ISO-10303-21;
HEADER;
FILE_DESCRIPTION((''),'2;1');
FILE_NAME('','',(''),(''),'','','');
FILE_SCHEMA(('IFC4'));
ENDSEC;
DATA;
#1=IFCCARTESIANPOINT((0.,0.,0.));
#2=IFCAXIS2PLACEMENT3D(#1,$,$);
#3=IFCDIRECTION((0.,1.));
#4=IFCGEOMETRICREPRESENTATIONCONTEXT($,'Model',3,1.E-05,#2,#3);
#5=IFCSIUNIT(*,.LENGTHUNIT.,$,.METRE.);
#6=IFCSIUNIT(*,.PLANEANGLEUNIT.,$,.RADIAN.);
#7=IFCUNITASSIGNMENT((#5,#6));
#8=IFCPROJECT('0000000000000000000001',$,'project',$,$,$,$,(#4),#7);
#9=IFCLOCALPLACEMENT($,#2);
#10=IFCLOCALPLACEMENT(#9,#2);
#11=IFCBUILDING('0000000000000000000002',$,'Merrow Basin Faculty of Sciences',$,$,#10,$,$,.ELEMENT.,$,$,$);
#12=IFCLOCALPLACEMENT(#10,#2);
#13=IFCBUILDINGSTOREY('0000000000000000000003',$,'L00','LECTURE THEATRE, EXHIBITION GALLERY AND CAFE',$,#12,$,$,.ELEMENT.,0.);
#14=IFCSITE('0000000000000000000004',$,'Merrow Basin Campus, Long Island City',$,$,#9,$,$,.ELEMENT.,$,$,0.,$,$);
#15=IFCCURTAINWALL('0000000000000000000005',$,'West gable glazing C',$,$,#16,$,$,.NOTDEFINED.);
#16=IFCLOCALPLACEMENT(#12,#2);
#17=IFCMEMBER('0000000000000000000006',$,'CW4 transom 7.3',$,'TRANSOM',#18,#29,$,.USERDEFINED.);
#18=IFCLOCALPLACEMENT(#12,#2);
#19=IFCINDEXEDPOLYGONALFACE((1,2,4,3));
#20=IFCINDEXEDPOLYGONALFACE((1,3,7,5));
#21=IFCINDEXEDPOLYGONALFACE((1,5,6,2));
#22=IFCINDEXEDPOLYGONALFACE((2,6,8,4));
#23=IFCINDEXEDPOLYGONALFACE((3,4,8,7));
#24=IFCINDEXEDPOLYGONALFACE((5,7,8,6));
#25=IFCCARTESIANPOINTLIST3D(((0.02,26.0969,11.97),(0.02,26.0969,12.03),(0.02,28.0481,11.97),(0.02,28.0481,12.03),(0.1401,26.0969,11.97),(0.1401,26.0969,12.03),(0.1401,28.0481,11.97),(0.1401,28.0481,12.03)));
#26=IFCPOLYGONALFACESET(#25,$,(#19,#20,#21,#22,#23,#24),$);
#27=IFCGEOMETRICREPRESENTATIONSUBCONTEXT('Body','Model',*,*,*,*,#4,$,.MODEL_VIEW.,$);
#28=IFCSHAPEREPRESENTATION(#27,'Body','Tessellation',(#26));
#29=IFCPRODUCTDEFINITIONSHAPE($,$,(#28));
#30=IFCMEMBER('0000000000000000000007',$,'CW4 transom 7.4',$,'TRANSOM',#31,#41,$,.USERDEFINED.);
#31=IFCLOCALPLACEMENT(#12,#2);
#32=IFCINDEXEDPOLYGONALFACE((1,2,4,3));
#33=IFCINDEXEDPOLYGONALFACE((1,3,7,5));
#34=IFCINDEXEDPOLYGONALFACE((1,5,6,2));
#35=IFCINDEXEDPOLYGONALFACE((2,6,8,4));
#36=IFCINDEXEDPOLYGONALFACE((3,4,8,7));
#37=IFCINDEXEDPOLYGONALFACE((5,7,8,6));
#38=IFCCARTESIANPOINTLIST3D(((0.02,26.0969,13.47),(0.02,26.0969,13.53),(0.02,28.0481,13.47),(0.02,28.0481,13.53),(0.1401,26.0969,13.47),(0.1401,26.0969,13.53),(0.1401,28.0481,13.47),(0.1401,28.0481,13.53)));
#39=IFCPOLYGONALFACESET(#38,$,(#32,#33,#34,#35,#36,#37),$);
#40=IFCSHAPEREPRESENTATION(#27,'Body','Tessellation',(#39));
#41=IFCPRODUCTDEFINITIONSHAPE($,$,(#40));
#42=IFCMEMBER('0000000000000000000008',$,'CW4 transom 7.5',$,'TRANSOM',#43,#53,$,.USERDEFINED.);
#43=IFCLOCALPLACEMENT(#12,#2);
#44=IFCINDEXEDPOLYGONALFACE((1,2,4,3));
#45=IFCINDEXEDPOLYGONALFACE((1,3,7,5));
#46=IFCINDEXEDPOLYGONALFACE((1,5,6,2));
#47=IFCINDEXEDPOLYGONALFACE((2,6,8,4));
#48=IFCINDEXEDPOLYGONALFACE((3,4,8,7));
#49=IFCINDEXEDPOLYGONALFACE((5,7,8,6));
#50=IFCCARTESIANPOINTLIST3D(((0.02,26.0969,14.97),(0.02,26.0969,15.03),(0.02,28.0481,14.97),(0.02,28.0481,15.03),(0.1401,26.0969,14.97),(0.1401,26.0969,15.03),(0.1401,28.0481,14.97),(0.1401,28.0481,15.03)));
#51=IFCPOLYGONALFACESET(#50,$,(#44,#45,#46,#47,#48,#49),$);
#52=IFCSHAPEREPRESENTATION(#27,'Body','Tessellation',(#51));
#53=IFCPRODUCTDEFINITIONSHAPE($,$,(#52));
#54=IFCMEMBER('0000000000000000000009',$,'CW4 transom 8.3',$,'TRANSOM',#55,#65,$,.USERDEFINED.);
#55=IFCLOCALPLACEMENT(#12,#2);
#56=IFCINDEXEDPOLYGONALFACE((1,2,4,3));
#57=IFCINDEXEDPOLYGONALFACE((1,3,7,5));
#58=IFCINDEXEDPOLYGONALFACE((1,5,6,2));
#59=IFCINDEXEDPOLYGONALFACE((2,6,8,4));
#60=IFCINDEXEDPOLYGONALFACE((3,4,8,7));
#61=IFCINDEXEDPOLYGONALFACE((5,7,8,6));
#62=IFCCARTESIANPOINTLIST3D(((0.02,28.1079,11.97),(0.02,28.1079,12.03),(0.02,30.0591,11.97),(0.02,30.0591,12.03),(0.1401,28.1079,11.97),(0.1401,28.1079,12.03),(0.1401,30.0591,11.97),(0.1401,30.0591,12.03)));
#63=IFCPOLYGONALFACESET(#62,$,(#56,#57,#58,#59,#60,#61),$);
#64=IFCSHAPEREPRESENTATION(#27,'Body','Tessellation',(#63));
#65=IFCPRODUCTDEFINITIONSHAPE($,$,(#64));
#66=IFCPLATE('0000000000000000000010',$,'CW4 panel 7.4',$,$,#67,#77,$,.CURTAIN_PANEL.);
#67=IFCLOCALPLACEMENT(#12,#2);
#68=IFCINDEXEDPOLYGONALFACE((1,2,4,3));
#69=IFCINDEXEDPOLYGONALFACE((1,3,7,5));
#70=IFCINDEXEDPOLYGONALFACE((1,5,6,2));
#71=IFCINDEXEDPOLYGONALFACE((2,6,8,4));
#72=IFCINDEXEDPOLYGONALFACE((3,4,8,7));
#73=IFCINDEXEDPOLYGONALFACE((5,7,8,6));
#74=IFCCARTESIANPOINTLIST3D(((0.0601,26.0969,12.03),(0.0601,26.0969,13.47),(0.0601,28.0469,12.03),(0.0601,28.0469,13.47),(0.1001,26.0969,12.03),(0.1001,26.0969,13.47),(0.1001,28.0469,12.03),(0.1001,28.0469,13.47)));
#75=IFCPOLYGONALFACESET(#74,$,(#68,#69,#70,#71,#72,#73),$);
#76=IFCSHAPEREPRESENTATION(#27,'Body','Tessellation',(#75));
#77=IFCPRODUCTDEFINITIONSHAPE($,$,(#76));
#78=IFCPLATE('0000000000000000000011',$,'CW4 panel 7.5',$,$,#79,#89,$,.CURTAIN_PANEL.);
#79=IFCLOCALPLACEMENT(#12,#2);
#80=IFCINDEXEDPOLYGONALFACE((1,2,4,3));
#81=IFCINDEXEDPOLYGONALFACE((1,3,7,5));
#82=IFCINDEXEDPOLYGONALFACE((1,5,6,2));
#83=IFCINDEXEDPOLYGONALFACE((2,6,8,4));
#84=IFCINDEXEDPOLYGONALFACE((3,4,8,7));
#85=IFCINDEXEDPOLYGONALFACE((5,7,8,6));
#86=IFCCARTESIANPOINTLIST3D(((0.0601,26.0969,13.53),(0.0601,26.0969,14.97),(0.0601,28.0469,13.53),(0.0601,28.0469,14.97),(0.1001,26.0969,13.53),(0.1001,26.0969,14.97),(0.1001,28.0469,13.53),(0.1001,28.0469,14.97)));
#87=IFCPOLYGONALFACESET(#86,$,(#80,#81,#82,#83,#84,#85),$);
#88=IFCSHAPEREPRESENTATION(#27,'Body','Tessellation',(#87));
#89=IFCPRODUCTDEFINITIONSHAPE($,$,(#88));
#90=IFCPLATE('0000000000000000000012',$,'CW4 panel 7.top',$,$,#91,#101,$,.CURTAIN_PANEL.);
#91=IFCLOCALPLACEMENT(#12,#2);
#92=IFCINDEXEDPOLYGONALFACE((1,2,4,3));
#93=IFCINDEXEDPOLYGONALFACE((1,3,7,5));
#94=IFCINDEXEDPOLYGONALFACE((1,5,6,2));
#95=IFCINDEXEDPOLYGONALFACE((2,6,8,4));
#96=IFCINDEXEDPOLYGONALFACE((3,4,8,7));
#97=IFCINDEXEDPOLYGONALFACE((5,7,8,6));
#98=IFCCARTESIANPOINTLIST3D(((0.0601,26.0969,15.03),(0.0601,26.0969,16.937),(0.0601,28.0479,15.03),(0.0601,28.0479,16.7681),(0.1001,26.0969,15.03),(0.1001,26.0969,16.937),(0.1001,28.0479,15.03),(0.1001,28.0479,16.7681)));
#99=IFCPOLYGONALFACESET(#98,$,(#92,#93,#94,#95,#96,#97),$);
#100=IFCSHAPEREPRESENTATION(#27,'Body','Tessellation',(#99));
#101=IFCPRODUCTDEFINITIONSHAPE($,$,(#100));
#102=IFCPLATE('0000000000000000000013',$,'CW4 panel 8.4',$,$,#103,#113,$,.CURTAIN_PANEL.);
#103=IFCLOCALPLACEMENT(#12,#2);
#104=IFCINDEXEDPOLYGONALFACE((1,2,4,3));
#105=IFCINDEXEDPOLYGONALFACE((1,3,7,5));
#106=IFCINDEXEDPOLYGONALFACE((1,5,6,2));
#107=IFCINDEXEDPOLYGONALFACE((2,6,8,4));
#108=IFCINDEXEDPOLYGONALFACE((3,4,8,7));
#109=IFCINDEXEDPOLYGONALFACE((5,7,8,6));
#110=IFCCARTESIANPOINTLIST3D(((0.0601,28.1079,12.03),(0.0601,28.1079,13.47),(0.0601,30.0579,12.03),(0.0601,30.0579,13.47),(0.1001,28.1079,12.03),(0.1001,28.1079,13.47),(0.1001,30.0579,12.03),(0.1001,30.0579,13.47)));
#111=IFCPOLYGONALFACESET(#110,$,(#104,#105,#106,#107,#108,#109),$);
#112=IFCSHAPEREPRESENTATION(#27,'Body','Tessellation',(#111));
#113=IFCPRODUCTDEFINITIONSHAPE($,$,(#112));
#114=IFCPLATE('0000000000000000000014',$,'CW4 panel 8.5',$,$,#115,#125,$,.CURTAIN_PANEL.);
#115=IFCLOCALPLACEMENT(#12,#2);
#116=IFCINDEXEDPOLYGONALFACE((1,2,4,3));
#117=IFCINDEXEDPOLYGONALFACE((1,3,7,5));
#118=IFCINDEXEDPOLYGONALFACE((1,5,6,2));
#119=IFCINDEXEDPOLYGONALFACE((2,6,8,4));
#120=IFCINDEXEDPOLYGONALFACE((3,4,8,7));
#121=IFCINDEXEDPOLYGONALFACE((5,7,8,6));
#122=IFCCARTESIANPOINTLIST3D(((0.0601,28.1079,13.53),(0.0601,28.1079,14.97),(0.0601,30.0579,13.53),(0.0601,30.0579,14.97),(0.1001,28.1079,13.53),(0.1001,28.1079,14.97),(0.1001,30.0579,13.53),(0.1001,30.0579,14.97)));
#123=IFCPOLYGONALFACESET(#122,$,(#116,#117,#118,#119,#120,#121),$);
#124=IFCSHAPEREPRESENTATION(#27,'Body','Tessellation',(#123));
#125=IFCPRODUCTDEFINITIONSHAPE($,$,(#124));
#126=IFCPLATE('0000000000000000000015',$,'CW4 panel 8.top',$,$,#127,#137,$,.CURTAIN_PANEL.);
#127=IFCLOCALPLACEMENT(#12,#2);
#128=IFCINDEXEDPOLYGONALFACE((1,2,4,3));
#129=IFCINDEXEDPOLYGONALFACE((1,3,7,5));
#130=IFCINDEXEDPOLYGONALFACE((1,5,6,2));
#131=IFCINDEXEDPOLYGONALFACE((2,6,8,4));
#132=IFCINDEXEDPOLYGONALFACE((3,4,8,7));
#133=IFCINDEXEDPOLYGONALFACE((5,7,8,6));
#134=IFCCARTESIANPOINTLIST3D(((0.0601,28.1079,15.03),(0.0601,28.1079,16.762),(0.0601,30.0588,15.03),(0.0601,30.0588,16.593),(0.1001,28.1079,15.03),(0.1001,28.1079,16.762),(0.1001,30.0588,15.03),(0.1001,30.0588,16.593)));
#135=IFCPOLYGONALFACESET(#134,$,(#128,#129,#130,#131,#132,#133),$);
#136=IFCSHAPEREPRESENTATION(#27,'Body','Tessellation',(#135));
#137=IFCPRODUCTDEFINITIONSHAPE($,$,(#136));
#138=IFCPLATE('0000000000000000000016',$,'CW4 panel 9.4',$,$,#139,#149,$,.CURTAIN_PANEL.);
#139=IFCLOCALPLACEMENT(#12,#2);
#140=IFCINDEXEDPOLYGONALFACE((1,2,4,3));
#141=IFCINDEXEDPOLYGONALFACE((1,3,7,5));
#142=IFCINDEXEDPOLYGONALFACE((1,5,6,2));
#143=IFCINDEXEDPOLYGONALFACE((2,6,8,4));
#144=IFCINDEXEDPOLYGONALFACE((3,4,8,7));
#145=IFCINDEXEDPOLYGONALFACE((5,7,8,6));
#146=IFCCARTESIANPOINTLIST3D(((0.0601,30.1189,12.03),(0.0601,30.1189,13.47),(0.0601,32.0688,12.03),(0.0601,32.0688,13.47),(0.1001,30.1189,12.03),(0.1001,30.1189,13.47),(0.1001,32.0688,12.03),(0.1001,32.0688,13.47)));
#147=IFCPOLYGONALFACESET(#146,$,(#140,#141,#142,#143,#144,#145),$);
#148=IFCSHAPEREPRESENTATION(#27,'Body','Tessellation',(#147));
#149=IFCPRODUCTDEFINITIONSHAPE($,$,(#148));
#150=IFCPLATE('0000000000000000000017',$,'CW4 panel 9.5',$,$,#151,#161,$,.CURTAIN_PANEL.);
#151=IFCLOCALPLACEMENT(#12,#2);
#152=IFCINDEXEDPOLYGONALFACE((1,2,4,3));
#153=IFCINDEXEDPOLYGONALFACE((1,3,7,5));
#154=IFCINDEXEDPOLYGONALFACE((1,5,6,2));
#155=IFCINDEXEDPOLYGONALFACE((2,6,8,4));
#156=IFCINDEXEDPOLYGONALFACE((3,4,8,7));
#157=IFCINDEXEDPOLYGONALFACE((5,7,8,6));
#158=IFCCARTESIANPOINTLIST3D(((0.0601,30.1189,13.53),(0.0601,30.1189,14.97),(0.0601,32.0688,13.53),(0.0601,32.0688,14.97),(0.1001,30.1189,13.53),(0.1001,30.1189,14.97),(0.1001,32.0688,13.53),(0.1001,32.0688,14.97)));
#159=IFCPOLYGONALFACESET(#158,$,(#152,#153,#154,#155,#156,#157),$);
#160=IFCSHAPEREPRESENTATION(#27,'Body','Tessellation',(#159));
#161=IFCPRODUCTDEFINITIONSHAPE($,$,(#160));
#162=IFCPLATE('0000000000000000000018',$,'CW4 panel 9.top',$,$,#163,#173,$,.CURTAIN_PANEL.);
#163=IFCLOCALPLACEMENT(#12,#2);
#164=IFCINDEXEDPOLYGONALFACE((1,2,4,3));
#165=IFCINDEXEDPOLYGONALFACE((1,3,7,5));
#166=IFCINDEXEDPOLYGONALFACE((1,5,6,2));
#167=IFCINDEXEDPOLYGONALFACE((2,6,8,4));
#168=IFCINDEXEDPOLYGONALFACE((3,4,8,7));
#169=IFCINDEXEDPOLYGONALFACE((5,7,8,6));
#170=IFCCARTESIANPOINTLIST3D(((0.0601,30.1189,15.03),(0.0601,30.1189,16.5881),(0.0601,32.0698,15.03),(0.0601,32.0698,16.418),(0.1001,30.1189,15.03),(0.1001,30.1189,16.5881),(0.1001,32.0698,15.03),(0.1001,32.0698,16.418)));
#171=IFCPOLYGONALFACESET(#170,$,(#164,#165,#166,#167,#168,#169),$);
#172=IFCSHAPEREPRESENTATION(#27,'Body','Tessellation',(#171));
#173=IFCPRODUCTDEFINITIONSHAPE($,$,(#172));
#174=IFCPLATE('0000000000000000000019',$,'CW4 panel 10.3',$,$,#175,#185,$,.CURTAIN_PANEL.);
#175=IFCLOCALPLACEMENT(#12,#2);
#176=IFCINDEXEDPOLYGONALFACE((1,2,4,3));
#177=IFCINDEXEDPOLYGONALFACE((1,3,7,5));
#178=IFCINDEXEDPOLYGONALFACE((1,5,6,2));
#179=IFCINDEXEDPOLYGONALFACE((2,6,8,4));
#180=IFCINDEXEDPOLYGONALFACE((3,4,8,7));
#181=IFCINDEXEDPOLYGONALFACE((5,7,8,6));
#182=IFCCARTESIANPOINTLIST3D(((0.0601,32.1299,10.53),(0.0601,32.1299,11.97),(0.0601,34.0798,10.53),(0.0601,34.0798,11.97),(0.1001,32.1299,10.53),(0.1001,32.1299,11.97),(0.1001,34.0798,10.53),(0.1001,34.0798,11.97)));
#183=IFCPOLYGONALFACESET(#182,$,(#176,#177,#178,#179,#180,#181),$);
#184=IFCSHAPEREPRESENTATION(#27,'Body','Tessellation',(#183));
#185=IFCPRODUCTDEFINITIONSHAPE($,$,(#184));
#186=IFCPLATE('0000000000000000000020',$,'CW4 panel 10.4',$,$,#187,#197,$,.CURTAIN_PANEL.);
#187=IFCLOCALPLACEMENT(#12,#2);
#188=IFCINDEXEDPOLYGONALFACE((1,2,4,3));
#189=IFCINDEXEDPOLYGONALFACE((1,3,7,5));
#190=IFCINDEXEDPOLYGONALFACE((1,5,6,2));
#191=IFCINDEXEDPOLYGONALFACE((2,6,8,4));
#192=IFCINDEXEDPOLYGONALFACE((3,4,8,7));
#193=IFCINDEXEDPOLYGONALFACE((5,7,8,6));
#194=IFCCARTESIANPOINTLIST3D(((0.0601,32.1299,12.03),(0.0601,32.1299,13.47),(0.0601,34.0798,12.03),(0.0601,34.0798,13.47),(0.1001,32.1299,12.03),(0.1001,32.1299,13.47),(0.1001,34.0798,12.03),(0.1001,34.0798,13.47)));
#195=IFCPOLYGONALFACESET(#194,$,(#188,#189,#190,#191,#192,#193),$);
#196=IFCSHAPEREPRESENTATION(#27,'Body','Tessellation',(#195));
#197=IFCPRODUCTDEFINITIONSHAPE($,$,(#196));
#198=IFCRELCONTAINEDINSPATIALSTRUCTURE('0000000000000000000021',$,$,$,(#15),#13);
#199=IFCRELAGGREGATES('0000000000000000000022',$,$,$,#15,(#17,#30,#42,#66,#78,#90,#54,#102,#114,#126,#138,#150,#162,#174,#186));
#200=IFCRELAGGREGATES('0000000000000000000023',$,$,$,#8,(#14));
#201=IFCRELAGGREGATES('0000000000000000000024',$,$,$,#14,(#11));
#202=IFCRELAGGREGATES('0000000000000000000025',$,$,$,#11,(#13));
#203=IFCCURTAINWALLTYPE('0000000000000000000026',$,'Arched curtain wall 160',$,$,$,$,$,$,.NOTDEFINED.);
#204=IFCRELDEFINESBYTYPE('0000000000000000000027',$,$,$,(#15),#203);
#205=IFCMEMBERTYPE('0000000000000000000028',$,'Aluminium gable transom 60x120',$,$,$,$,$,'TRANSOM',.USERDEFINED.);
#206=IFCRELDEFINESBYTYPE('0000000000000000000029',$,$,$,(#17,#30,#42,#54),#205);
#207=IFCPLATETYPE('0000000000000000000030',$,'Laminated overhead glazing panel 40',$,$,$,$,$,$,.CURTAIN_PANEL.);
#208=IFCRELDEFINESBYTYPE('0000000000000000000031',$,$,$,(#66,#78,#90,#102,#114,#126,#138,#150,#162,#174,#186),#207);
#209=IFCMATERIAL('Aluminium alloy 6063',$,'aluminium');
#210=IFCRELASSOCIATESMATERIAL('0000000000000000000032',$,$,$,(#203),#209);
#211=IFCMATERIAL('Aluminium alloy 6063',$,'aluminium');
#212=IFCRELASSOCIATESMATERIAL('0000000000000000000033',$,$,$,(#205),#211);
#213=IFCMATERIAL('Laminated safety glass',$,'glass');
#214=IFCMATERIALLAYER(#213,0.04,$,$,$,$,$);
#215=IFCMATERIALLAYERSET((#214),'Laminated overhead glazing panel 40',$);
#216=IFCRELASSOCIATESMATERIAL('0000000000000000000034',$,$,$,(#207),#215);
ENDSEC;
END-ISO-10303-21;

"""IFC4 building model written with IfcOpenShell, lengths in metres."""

from ifc_helpers import new_model, si_unit, direction, frame, origin, origin_2d, place, context, subcontext, project, spatial, polyline, rectangle, outline, extrude, material, layer, layer_set, material_profile, profile_set, type_object, element, aggregate, save


model = new_model("IFC4")

# Units and contexts
model_context = context("Model", 3, precision=1e-05, world=origin(), true_north=direction((0.0, 1.0)))
body_context = subcontext(model_context, "Body", "Model", "MODEL_VIEW")
ifc_project = project(units=[si_unit("LENGTHUNIT", "METRE"), si_unit("PLANEANGLEUNIT", "RADIAN")], contexts=[model_context])

# Site, building, storey
site_placement = place(None, origin())
site = spatial("IfcSite", under=ifc_project, at=site_placement, Name="Merrow Basin Campus, Long Island City", CompositionType="ELEMENT", RefElevation=0.0)
building_placement = place(site_placement, origin())
building = spatial("IfcBuilding", under=site, at=building_placement, Name="Merrow Basin Faculty of Sciences", CompositionType="ELEMENT")
storey_placement = place(building_placement, origin())
storey = spatial("IfcBuildingStorey", under=building, at=storey_placement, Name="L00", Description="LECTURE THEATRE, EXHIBITION GALLERY AND CAFE", CompositionType="ELEMENT", Elevation=0.0)

# Curtain wall, members, plates
ifc_material_1 = material(Name="Aluminium alloy 6063", Category="aluminium")
curtain_wall_type = type_object("IfcCurtainWallType", Name="Arched curtain wall 160", PredefinedType="NOTDEFINED", material=ifc_material_1)
curtain_wall_placement = place(storey_placement, origin())
curtain_wall = element("IfcCurtainWall", 1, at=curtain_wall_placement, inside=storey, type_object=curtain_wall_type, Name="West gable glazing C", PredefinedType="NOTDEFINED")
ifc_material_2 = material(Name="Aluminium alloy 6063", Category="aluminium")
ifc_material_profile = material_profile(ifc_material_2, rectangle(XDim=0.1201, YDim=0.0601, at=origin_2d()))
ifc_profile_set = profile_set([ifc_material_profile], Name="Aluminium alloy 6063")
member_type = type_object("IfcMemberType", Name="Aluminium gable transom 60x120", ElementType="TRANSOM", PredefinedType="USERDEFINED", material=ifc_profile_set)
member_1_placement = place(storey_placement, frame((0.0801, 26.0969, 12.0), z_axis=(0.0, 1.0, 0.0), x_axis=(-1.0, 0.0, 0.0)))
member_1 = element("IfcMember", 2, at=member_1_placement, type_object=member_type, Name="CW4 transom 7.3", ObjectType="TRANSOM", PredefinedType="USERDEFINED", context=body_context, shape_type="SweptSolid", body=[
    extrude(rectangle(XDim=0.1201, YDim=0.0601, at=origin_2d()), origin(), (0.0, 0.0, 1.0), 1.9512),
])
member_2_placement = place(storey_placement, frame((0.0801, 26.0969, 13.5), z_axis=(0.0, 1.0, 0.0), x_axis=(-1.0, 0.0, 0.0)))
member_2 = element("IfcMember", 3, at=member_2_placement, type_object=member_type, Name="CW4 transom 7.4", ObjectType="TRANSOM", PredefinedType="USERDEFINED", context=body_context, shape_type="SweptSolid", body=[
    extrude(rectangle(XDim=0.1201, YDim=0.0601, at=origin_2d()), origin(), (0.0, 0.0, 1.0), 1.9512),
])
member_3_placement = place(storey_placement, frame((0.0801, 26.0969, 15.0), z_axis=(0.0, 1.0, 0.0), x_axis=(-1.0, 0.0, 0.0)))
member_3 = element("IfcMember", 4, at=member_3_placement, type_object=member_type, Name="CW4 transom 7.5", ObjectType="TRANSOM", PredefinedType="USERDEFINED", context=body_context, shape_type="SweptSolid", body=[
    extrude(rectangle(XDim=0.1201, YDim=0.0601, at=origin_2d()), origin(), (0.0, 0.0, 1.0), 1.9512),
])
member_4_placement = place(storey_placement, frame((0.0801, 28.1079, 12.0), z_axis=(0.0, 1.0, 0.0), x_axis=(-1.0, 0.0, 0.0)))
member_4 = element("IfcMember", 5, at=member_4_placement, type_object=member_type, Name="CW4 transom 8.3", ObjectType="TRANSOM", PredefinedType="USERDEFINED", context=body_context, shape_type="SweptSolid", body=[
    extrude(rectangle(XDim=0.1201, YDim=0.0601, at=origin_2d()), origin(), (0.0, 0.0, 1.0), 1.9512),
])
ifc_material_3 = material(Name="Laminated safety glass", Category="glass")
ifc_layer = layer(ifc_material_3, 0.04)
ifc_layer_set = layer_set([ifc_layer], Name="Laminated overhead glazing panel 40")
plate_type = type_object("IfcPlateType", Name="Laminated overhead glazing panel 40", PredefinedType="CURTAIN_PANEL", material=ifc_layer_set)
plate_1_placement = place(storey_placement, frame((0.0601, 26.0969, 12.03), z_axis=(1.0, 0.0, 0.0), x_axis=(0.0, 1.0, 0.0)))
plate_1 = element("IfcPlate", 6, at=plate_1_placement, type_object=plate_type, Name="CW4 panel 7.4", PredefinedType="CURTAIN_PANEL", context=body_context, shape_type="SweptSolid", body=[
    extrude(outline(polyline([(0.0, 0.0), (1.95, 0.0), (1.95, 1.4399), (0.0, 1.4399), (0.0, 0.0)])), origin(), (0.0, 0.0, 1.0), 0.04),
])
plate_2_placement = place(storey_placement, frame((0.0601, 26.0969, 13.53), z_axis=(1.0, 0.0, 0.0), x_axis=(0.0, 1.0, 0.0)))
plate_2 = element("IfcPlate", 7, at=plate_2_placement, type_object=plate_type, Name="CW4 panel 7.5", PredefinedType="CURTAIN_PANEL", context=body_context, shape_type="SweptSolid", body=[
    extrude(outline(polyline([(0.0, 0.0), (1.95, 0.0), (1.95, 1.4399), (0.0, 1.4399), (0.0, 0.0)])), origin(), (0.0, 0.0, 1.0), 0.04),
])
plate_3_placement = place(storey_placement, frame((0.0601, 26.0969, 15.03), z_axis=(1.0, 0.0, 0.0), x_axis=(0.0, 1.0, 0.0)))
plate_3 = element("IfcPlate", 8, at=plate_3_placement, type_object=plate_type, Name="CW4 panel 7.top", PredefinedType="CURTAIN_PANEL", context=body_context, shape_type="SweptSolid", body=[
    extrude(outline(polyline([(0.0, 0.0), (1.9509, 0.0), (1.9509, 1.738), (0.0, 1.907), (0.0, 0.0)])), origin(), (0.0, 0.0, 1.0), 0.04),
])
plate_4_placement = place(storey_placement, frame((0.0601, 28.1079, 12.03), z_axis=(1.0, 0.0, 0.0), x_axis=(0.0, 1.0, 0.0)))
plate_4 = element("IfcPlate", 9, at=plate_4_placement, type_object=plate_type, Name="CW4 panel 8.4", PredefinedType="CURTAIN_PANEL", context=body_context, shape_type="SweptSolid", body=[
    extrude(outline(polyline([(0.0, 0.0), (1.95, 0.0), (1.95, 1.4399), (0.0, 1.4399), (0.0, 0.0)])), origin(), (0.0, 0.0, 1.0), 0.04),
])
plate_5_placement = place(storey_placement, frame((0.0601, 28.1079, 13.53), z_axis=(1.0, 0.0, 0.0), x_axis=(0.0, 1.0, 0.0)))
plate_5 = element("IfcPlate", 10, at=plate_5_placement, type_object=plate_type, Name="CW4 panel 8.5", PredefinedType="CURTAIN_PANEL", context=body_context, shape_type="SweptSolid", body=[
    extrude(outline(polyline([(0.0, 0.0), (1.95, 0.0), (1.95, 1.4399), (0.0, 1.4399), (0.0, 0.0)])), origin(), (0.0, 0.0, 1.0), 0.04),
])
plate_6_placement = place(storey_placement, frame((0.0601, 28.1079, 15.03), z_axis=(1.0, 0.0, 0.0), x_axis=(0.0, 1.0, 0.0)))
plate_6 = element("IfcPlate", 11, at=plate_6_placement, type_object=plate_type, Name="CW4 panel 8.top", PredefinedType="CURTAIN_PANEL", context=body_context, shape_type="SweptSolid", body=[
    extrude(outline(polyline([(0.0, 0.0), (1.9509, 0.0), (1.9509, 1.563), (0.0, 1.7319), (0.0, 0.0)])), origin(), (0.0, 0.0, 1.0), 0.04),
])
plate_7_placement = place(storey_placement, frame((0.0601, 30.1189, 12.03), z_axis=(1.0, 0.0, 0.0), x_axis=(0.0, 1.0, 0.0)))
plate_7 = element("IfcPlate", 12, at=plate_7_placement, type_object=plate_type, Name="CW4 panel 9.4", PredefinedType="CURTAIN_PANEL", context=body_context, shape_type="SweptSolid", body=[
    extrude(outline(polyline([(0.0, 0.0), (1.95, 0.0), (1.95, 1.4399), (0.0, 1.4399), (0.0, 0.0)])), origin(), (0.0, 0.0, 1.0), 0.04),
])
plate_8_placement = place(storey_placement, frame((0.0601, 30.1189, 13.53), z_axis=(1.0, 0.0, 0.0), x_axis=(0.0, 1.0, 0.0)))
plate_8 = element("IfcPlate", 13, at=plate_8_placement, type_object=plate_type, Name="CW4 panel 9.5", PredefinedType="CURTAIN_PANEL", context=body_context, shape_type="SweptSolid", body=[
    extrude(outline(polyline([(0.0, 0.0), (1.95, 0.0), (1.95, 1.4399), (0.0, 1.4399), (0.0, 0.0)])), origin(), (0.0, 0.0, 1.0), 0.04),
])
plate_9_placement = place(storey_placement, frame((0.0601, 30.1189, 15.03), z_axis=(1.0, 0.0, 0.0), x_axis=(0.0, 1.0, 0.0)))
plate_9 = element("IfcPlate", 14, at=plate_9_placement, type_object=plate_type, Name="CW4 panel 9.top", PredefinedType="CURTAIN_PANEL", context=body_context, shape_type="SweptSolid", body=[
    extrude(outline(polyline([(0.0, 0.0), (1.9509, 0.0), (1.9509, 1.3879), (0.0, 1.5581), (0.0, 0.0)])), origin(), (0.0, 0.0, 1.0), 0.04),
])
plate_10_placement = place(storey_placement, frame((0.0601, 32.1299, 10.53), z_axis=(1.0, 0.0, 0.0), x_axis=(0.0, 1.0, 0.0)))
plate_10 = element("IfcPlate", 15, at=plate_10_placement, type_object=plate_type, Name="CW4 panel 10.3", PredefinedType="CURTAIN_PANEL", context=body_context, shape_type="SweptSolid", body=[
    extrude(outline(polyline([(0.0, 0.0), (1.95, 0.0), (1.95, 1.4399), (0.0, 1.4399), (0.0, 0.0)])), origin(), (0.0, 0.0, 1.0), 0.04),
])
plate_11_placement = place(storey_placement, frame((0.0601, 32.1299, 12.03), z_axis=(1.0, 0.0, 0.0), x_axis=(0.0, 1.0, 0.0)))
plate_11 = element("IfcPlate", 16, at=plate_11_placement, type_object=plate_type, Name="CW4 panel 10.4", PredefinedType="CURTAIN_PANEL", context=body_context, shape_type="SweptSolid", body=[
    extrude(outline(polyline([(0.0, 0.0), (1.95, 0.0), (1.95, 1.4399), (0.0, 1.4399), (0.0, 0.0)])), origin(), (0.0, 0.0, 1.0), 0.04),
])
aggregate(curtain_wall, [member_1, member_2, member_3, plate_1, plate_2, plate_3, member_4, plate_4, plate_5, plate_6, plate_7, plate_8, plate_9, plate_10, plate_11])

save(model, "model.ifc")
